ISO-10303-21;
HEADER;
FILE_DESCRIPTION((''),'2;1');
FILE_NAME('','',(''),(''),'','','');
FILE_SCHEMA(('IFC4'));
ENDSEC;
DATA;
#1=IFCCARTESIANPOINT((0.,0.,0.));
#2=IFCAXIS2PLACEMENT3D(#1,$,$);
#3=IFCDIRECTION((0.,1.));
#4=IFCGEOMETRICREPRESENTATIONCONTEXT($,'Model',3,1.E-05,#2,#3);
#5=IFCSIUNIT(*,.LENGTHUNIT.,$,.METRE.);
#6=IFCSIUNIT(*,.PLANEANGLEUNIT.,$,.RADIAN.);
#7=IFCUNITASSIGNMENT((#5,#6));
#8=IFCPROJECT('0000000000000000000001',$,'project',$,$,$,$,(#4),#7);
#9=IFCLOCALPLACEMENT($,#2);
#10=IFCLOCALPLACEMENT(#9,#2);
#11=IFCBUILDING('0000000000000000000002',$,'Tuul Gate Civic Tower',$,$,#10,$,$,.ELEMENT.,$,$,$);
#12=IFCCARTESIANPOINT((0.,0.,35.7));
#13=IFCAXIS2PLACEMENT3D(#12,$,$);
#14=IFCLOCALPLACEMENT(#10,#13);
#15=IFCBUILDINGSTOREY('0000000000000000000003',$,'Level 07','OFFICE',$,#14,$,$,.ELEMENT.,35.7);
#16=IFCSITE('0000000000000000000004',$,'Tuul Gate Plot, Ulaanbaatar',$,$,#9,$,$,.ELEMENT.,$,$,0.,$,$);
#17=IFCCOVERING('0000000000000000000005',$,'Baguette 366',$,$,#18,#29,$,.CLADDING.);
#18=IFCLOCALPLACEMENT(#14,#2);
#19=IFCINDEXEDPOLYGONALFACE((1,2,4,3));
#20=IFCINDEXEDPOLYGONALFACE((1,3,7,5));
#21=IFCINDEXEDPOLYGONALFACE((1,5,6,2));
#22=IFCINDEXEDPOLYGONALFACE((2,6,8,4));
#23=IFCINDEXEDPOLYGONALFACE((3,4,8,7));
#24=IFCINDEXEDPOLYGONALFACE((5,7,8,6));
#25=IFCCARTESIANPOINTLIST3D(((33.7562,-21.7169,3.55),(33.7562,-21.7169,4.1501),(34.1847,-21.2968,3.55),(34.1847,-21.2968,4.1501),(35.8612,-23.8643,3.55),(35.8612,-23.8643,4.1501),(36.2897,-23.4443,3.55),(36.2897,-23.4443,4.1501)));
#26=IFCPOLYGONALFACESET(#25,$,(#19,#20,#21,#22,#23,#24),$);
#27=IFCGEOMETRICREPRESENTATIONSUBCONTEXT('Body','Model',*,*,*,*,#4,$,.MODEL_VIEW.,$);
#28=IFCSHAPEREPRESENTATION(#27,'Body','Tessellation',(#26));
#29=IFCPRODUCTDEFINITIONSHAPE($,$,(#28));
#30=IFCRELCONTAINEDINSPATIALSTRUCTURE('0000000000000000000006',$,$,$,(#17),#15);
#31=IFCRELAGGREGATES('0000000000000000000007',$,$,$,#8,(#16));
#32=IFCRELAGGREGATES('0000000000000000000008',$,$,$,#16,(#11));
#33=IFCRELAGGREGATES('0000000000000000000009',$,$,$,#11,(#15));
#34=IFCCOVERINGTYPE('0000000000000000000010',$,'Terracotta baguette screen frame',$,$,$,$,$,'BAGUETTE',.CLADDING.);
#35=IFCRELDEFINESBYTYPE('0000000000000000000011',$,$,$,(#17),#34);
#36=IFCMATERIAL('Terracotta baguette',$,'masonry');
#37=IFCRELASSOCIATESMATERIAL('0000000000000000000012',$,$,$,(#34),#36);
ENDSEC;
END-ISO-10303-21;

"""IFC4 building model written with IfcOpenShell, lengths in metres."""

from ifc_helpers import new_model, si_unit, direction, frame, origin, origin_2d, place, context, subcontext, project, spatial, rectangle, extrude, material, material_profile, profile_set, type_object, element, save


model = new_model("IFC4")

# Units and contexts
model_context = context("Model", 3, precision=1e-05, world=origin(), true_north=direction((0.0, 1.0)))
body_context = subcontext(model_context, "Body", "Model", "MODEL_VIEW")
ifc_project = project(units=[si_unit("LENGTHUNIT", "METRE"), si_unit("PLANEANGLEUNIT", "RADIAN")], contexts=[model_context])

# Site, building, storey
site_placement = place(None, origin())
site = spatial("IfcSite", under=ifc_project, at=site_placement, Name="Tuul Gate Plot, Ulaanbaatar", CompositionType="ELEMENT", RefElevation=0.0)
building_placement = place(site_placement, origin())
building = spatial("IfcBuilding", under=site, at=building_placement, Name="Tuul Gate Civic Tower", CompositionType="ELEMENT")
storey_placement = place(building_placement, frame((0.0, 0.0, 35.7)))
storey = spatial("IfcBuildingStorey", under=building, at=storey_placement, Name="Level 07", Description="OFFICE", CompositionType="ELEMENT", Elevation=35.7)

# Covering
ifc_material_1 = material(Name="Terracotta baguette", Category="masonry")
ifc_material_profile_1 = material_profile(ifc_material_1, rectangle(XDim=0.6001, YDim=0.6001, at=origin_2d()), Name="Terracotta baguette screen frame")
ifc_profile_set_1 = profile_set([ifc_material_profile_1], Name="Terracotta baguette")
covering_type = type_object("IfcCoveringType", Name="Terracotta baguette screen frame", ElementType="BAGUETTE", PredefinedType="CLADDING", material=ifc_profile_set_1)
covering_1_placement = place(storey_placement, frame((33.9705, -21.5068, 3.8501), z_axis=(0.700008, -0.714135, 0.0), x_axis=(0.714135, 0.700008, 0.0)))
element("IfcCovering", 1, at=covering_1_placement, inside=storey, type_object=covering_type, Name="Baguette 366", PredefinedType="CLADDING", context=body_context, shape_type="SweptSolid", body=[
    extrude(rectangle(XDim=0.6001, YDim=0.6001, at=origin_2d()), origin(), (0.0, 0.0, 1.0), 3.0071),
])

save(model, "model.ifc")
